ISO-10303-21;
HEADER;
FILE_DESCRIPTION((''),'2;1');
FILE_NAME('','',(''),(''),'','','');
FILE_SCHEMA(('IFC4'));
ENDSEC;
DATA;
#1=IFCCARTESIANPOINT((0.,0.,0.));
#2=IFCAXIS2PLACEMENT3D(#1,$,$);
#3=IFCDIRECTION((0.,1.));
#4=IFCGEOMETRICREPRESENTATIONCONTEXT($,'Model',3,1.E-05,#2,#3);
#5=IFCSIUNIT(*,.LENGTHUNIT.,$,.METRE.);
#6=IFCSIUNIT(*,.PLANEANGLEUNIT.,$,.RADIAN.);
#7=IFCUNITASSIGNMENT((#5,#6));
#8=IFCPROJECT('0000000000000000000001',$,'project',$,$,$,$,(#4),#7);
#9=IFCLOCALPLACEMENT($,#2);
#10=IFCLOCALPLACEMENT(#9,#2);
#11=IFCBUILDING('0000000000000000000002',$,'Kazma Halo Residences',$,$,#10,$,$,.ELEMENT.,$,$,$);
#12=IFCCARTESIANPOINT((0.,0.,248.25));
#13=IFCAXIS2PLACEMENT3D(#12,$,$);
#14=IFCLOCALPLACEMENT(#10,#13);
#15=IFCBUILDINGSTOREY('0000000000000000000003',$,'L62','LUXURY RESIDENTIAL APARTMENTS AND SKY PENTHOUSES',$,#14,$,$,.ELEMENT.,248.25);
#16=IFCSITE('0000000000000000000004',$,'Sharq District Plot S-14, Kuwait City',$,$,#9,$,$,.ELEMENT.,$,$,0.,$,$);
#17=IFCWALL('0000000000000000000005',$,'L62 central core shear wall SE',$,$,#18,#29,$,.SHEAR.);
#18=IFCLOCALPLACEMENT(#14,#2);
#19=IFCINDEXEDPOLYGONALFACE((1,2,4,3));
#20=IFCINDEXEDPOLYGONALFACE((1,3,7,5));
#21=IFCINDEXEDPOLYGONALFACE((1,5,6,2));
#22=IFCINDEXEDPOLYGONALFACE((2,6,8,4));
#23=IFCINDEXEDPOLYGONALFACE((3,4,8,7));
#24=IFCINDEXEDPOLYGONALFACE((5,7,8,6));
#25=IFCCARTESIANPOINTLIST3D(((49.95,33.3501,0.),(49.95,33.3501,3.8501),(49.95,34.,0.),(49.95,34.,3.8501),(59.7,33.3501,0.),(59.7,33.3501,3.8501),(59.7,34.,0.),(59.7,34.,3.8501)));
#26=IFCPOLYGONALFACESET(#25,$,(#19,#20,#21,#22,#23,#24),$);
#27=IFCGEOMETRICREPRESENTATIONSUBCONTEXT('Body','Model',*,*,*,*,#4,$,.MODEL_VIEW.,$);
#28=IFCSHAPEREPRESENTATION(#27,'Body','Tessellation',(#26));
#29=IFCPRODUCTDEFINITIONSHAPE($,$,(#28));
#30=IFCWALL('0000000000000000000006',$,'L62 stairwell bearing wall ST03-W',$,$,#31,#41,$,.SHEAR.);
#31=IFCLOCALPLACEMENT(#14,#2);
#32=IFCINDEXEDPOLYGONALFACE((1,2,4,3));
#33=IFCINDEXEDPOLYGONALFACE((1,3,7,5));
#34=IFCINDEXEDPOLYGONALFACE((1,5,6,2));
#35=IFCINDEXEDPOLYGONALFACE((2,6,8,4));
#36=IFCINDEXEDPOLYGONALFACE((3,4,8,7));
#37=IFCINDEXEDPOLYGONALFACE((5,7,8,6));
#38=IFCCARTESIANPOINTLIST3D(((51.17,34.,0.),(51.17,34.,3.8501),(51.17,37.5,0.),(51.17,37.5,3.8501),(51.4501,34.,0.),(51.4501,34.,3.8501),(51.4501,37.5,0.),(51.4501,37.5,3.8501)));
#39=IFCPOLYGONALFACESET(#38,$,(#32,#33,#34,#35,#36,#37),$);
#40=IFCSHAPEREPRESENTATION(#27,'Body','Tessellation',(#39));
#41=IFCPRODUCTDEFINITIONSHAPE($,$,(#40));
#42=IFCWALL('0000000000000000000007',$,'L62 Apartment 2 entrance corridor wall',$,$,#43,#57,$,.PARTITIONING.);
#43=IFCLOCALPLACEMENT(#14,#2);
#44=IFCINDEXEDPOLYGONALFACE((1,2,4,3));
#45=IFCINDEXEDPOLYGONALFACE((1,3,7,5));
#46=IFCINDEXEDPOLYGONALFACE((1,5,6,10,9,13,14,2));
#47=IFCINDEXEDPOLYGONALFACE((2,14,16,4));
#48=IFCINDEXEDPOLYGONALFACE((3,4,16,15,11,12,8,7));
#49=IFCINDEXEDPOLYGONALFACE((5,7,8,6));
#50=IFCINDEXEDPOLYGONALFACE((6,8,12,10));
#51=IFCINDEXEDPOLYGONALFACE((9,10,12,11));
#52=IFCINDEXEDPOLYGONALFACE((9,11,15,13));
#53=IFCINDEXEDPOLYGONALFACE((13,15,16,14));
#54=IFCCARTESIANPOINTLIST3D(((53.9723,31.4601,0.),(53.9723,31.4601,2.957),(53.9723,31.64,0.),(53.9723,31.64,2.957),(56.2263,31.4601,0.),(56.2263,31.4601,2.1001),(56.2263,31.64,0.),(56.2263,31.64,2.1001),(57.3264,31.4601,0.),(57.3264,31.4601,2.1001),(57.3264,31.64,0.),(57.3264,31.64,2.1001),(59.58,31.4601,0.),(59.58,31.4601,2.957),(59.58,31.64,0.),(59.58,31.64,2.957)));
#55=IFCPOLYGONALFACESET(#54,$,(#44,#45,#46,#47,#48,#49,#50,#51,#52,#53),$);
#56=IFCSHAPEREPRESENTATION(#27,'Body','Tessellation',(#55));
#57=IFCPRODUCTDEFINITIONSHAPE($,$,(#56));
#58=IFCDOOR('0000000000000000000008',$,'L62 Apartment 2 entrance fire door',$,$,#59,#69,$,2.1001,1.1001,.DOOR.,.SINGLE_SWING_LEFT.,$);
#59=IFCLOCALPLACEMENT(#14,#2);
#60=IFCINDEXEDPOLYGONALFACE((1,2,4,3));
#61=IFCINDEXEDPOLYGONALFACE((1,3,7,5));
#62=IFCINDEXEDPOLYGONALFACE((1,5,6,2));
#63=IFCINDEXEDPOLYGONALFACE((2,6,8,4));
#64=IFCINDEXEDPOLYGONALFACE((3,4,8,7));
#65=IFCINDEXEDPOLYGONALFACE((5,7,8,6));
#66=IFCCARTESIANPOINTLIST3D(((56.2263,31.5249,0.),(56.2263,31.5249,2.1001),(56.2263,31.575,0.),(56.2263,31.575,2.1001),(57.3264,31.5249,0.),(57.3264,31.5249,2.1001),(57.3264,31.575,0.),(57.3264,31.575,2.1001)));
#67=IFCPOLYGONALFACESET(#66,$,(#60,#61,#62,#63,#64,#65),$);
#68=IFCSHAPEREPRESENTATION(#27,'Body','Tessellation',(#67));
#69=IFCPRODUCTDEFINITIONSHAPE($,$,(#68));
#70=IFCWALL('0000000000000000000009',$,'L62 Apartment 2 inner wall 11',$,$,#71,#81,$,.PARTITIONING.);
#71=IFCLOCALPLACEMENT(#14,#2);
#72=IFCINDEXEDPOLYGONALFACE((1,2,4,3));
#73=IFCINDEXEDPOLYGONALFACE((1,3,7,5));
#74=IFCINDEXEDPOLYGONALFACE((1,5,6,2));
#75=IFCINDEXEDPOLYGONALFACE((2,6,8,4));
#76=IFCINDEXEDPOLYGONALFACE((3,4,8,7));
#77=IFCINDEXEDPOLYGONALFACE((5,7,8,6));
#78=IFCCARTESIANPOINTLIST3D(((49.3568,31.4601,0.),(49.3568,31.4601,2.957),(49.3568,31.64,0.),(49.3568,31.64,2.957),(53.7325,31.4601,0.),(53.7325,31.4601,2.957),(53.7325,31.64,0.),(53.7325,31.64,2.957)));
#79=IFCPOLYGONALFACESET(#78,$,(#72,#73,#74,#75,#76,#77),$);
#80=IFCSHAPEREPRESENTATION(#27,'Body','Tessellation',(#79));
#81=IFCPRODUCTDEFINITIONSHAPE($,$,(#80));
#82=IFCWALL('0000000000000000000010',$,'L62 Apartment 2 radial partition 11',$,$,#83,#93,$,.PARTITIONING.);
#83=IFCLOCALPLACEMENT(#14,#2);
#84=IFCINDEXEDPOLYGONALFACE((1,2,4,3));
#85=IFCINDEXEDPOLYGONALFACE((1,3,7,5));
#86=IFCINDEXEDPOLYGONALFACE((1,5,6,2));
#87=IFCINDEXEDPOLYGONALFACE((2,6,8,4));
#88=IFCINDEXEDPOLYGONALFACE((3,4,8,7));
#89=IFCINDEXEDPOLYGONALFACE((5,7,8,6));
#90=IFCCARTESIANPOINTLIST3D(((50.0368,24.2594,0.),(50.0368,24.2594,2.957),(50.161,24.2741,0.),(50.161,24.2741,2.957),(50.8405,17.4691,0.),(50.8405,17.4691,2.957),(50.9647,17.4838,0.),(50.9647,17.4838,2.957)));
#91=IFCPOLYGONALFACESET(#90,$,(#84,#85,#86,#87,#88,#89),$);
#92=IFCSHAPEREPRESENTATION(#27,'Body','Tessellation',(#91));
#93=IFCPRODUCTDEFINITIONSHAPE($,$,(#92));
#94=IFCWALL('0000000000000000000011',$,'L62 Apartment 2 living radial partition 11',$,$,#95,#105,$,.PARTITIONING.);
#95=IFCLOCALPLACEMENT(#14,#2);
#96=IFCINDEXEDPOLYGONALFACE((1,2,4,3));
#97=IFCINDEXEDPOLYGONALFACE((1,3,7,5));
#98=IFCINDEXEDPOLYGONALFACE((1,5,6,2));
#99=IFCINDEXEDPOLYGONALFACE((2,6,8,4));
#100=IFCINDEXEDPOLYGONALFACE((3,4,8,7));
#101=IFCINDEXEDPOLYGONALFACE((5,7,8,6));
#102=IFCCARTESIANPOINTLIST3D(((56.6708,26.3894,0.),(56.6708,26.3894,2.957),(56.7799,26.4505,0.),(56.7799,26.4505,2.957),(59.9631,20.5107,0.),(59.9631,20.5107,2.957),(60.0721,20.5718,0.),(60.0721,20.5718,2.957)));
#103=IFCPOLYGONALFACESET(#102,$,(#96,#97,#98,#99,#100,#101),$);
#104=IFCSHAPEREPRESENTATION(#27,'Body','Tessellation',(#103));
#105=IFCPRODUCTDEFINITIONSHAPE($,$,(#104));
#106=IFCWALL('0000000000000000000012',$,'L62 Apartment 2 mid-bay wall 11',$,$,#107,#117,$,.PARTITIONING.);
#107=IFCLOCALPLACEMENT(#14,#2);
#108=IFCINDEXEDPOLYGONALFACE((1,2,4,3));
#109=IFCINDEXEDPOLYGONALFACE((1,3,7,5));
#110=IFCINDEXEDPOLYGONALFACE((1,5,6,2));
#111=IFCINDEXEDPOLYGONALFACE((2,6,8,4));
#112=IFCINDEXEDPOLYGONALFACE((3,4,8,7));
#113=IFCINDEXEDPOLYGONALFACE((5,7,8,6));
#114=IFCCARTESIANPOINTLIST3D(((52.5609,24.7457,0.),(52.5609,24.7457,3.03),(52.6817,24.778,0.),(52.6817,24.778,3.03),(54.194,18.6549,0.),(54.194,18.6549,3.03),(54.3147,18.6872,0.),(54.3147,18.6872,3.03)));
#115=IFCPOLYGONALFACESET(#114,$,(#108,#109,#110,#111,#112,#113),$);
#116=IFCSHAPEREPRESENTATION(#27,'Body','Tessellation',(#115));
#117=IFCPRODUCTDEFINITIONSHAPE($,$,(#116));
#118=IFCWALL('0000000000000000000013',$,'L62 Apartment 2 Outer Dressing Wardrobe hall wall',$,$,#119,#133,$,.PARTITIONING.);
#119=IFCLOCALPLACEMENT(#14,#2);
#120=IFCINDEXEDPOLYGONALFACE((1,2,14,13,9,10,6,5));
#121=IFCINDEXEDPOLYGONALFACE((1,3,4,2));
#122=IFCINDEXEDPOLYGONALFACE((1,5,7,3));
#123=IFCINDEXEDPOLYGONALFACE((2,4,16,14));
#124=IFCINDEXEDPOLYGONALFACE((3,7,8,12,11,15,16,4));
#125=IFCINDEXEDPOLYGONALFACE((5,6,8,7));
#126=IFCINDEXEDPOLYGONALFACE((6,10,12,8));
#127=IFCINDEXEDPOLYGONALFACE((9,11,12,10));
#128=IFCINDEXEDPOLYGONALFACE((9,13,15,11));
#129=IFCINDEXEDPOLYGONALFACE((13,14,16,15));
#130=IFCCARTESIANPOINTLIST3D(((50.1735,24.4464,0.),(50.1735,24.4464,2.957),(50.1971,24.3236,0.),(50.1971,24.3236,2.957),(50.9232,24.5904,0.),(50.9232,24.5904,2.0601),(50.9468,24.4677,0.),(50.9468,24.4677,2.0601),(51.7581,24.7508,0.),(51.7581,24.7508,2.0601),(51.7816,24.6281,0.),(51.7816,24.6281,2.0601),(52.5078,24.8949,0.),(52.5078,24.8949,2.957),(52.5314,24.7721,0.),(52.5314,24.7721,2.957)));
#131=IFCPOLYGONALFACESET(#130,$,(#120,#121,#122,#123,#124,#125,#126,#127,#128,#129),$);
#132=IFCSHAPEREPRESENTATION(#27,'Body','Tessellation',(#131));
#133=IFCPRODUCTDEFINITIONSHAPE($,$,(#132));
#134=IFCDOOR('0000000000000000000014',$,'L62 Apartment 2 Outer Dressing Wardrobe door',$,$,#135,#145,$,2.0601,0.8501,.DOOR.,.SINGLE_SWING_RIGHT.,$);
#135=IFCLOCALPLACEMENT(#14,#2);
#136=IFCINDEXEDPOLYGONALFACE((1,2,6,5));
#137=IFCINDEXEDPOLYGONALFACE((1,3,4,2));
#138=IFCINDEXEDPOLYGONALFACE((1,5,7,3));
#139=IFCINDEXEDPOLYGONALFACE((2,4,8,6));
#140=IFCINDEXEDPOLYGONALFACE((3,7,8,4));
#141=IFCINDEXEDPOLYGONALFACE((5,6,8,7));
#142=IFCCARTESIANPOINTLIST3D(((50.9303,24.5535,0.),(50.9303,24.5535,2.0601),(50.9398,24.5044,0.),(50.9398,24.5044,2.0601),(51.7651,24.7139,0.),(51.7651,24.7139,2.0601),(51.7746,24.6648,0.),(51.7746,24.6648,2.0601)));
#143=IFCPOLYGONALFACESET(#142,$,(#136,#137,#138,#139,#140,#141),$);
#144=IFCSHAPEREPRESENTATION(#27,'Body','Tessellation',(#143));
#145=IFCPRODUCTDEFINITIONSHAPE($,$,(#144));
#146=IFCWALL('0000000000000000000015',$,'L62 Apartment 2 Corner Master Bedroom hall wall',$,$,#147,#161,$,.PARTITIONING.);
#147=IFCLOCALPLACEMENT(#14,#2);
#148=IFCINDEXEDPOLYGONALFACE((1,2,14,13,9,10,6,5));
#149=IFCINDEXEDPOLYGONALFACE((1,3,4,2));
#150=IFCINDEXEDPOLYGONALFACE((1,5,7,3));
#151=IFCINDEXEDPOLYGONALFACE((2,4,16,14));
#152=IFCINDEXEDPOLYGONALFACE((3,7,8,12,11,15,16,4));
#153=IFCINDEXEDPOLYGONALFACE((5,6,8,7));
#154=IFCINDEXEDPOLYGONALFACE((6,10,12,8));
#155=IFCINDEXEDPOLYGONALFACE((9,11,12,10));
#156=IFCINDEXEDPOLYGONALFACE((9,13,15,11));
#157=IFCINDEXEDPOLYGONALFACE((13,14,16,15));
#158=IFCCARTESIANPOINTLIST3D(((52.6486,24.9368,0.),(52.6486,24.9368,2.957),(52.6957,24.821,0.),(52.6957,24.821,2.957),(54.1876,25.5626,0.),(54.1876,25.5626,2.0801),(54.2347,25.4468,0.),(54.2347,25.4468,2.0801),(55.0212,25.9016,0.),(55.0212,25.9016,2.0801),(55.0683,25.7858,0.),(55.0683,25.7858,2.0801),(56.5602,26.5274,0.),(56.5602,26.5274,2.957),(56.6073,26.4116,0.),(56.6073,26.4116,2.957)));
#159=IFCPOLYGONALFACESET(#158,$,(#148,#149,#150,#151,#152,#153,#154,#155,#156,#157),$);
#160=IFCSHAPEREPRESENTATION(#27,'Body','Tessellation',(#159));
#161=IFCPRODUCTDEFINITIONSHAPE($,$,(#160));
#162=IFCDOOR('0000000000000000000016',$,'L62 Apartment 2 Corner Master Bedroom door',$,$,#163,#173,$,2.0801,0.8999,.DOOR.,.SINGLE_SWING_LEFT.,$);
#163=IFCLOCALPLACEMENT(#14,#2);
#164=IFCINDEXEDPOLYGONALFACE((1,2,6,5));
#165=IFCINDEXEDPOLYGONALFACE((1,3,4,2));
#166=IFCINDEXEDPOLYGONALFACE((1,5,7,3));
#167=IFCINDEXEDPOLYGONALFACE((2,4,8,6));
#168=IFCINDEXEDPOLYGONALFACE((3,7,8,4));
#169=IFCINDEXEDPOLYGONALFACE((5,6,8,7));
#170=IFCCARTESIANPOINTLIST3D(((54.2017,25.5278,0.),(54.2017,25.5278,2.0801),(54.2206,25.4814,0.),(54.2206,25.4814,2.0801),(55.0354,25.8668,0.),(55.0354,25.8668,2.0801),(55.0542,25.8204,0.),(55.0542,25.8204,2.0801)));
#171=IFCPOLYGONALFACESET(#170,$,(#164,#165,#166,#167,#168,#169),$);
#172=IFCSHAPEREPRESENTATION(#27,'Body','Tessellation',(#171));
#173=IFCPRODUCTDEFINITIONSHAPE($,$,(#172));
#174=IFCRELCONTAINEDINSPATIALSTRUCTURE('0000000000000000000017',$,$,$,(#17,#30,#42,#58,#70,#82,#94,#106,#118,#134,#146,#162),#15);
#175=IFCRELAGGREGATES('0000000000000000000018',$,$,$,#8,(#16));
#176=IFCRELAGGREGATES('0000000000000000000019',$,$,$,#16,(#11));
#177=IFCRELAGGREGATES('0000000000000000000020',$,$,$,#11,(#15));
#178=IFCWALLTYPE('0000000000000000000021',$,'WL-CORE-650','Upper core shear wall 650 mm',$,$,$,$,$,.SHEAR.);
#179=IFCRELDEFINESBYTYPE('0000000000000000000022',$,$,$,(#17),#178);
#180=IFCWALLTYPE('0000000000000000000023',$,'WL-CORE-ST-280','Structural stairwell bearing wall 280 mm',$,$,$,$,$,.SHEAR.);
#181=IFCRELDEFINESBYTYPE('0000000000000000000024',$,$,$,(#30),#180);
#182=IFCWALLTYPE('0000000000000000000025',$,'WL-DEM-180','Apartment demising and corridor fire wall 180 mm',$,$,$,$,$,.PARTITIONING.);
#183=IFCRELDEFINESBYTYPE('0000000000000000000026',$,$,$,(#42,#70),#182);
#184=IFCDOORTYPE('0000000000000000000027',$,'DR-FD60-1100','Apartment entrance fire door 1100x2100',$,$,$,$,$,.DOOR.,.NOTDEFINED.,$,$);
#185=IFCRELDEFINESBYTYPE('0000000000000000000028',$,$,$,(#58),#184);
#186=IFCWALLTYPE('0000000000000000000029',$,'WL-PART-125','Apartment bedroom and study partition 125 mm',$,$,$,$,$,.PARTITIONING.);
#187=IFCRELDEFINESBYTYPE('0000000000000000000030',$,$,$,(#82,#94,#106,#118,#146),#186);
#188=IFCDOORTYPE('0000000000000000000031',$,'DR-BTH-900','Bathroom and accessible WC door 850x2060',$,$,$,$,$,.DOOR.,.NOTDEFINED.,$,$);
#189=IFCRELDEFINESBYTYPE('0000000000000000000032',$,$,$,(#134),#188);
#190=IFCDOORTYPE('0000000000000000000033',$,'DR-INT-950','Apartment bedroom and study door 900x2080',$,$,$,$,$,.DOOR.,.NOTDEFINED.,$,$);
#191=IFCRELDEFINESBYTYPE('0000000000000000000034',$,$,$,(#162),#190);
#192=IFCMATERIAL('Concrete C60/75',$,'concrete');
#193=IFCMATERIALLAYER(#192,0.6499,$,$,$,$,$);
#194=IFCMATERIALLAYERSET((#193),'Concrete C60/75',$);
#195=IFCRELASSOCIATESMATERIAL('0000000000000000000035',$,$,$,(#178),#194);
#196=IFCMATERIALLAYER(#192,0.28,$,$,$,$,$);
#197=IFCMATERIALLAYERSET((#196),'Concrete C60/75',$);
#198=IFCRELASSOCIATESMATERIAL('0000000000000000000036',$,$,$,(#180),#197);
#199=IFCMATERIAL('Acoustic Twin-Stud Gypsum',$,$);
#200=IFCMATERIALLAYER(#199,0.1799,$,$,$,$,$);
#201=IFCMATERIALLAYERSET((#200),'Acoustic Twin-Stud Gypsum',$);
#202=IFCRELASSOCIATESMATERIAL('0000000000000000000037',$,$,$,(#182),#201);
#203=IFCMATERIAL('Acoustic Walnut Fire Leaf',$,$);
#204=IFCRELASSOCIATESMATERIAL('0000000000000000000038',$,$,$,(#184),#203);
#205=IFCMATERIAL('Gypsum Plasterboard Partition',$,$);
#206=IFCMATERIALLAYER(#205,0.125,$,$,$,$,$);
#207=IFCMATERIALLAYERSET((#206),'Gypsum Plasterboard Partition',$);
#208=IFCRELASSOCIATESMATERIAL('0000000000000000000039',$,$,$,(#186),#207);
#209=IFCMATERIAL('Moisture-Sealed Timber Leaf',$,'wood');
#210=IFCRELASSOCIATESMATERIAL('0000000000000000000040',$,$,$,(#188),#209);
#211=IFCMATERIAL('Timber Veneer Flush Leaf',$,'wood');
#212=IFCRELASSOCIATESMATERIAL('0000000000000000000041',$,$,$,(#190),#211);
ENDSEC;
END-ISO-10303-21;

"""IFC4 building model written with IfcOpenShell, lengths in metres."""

from ifc_helpers import new_model, si_unit, direction, frame, frame_2d, origin, place, context, subcontext, project, spatial, rectangle, extrude, material, layer, layer_set, type_object, element, fill, save


model = new_model("IFC4")

# Units and contexts
model_context = context("Model", 3, precision=1e-05, world=origin(), true_north=direction((0.0, 1.0)))
body_context = subcontext(model_context, "Body", "Model", "MODEL_VIEW")
ifc_project = project(units=[si_unit("LENGTHUNIT", "METRE"), si_unit("PLANEANGLEUNIT", "RADIAN")], contexts=[model_context])

# Site, building, storey
site_placement = place(None, origin())
site = spatial("IfcSite", under=ifc_project, at=site_placement, Name="Sharq District Plot S-14, Kuwait City", CompositionType="ELEMENT", RefElevation=0.0)
building_placement = place(site_placement, origin())
building = spatial("IfcBuilding", under=site, at=building_placement, Name="Kazma Halo Residences", CompositionType="ELEMENT")
storey_placement = place(building_placement, frame((0.0, 0.0, 248.25)))
storey = spatial("IfcBuildingStorey", under=building, at=storey_placement, Name="L62", Description="LUXURY RESIDENTIAL APARTMENTS AND SKY PENTHOUSES", CompositionType="ELEMENT", Elevation=248.25)

# Shared definitions
ifc_material_1 = material(Name="Concrete C60/75", Category="concrete")

# Walls
ifc_layer_1 = layer(ifc_material_1, 0.6499)
ifc_layer_set_1 = layer_set([ifc_layer_1], Name="Concrete C60/75")
wall_type_1 = type_object("IfcWallType", Name="WL-CORE-650", Description="Upper core shear wall 650 mm", PredefinedType="SHEAR", material=ifc_layer_set_1)
wall_1_placement = place(storey_placement, frame((49.95, 33.675, 0.0), z_axis=(0.0, 0.0, 1.0), x_axis=(1.0, 0.0, 0.0)))
element("IfcWall", 1, at=wall_1_placement, inside=storey, type_object=wall_type_1, Name="L62 central core shear wall SE", PredefinedType="SHEAR", context=body_context, shape_type="SweptSolid", body=[
    extrude(rectangle(XDim=9.75, YDim=0.6499, at=frame_2d((4.875, 0.0))), origin(), (0.0, 0.0, 1.0), 3.8501),
])
ifc_layer_2 = layer(ifc_material_1, 0.28)
ifc_layer_set_2 = layer_set([ifc_layer_2], Name="Concrete C60/75")
wall_type_2 = type_object("IfcWallType", Name="WL-CORE-ST-280", Description="Structural stairwell bearing wall 280 mm", PredefinedType="SHEAR", material=ifc_layer_set_2)
wall_2_placement = place(storey_placement, frame((51.3101, 34.0, 0.0), z_axis=(0.0, 0.0, 1.0), x_axis=(0.0, 1.0, 0.0)))
element("IfcWall", 2, at=wall_2_placement, inside=storey, type_object=wall_type_2, Name="L62 stairwell bearing wall ST03-W", PredefinedType="SHEAR", context=body_context, shape_type="SweptSolid", body=[
    extrude(rectangle(XDim=3.5, YDim=0.28, at=frame_2d((1.75, 0.0))), origin(), (0.0, 0.0, 1.0), 3.8501),
])

# Wall, opening, door
ifc_material_2 = material(Name="Acoustic Twin-Stud Gypsum")
ifc_layer_3 = layer(ifc_material_2, 0.1799)
ifc_layer_set_3 = layer_set([ifc_layer_3], Name="Acoustic Twin-Stud Gypsum")
wall_type_3 = type_object("IfcWallType", Name="WL-DEM-180", Description="Apartment demising and corridor fire wall 180 mm", PredefinedType="PARTITIONING", material=ifc_layer_set_3)
wall_3_placement = place(storey_placement, frame((53.9724, 31.55, 0.0), z_axis=(0.0, 0.0, 1.0), x_axis=(1.0, 0.0, 0.0)))
wall_3 = element("IfcWall", 3, at=wall_3_placement, inside=storey, type_object=wall_type_3, Name="L62 Apartment 2 entrance corridor wall", PredefinedType="PARTITIONING", context=body_context, shape_type="SweptSolid", body=[
    extrude(rectangle(XDim=5.6077, YDim=0.1799, at=frame_2d((2.8037, 0.0))), origin(), (0.0, 0.0, 1.0), 2.957),
])
opening_1_placement = place(wall_3_placement, frame((2.2539, 0.0, 0.0)))
opening_1 = element("IfcOpeningElement", 4, at=opening_1_placement, cuts=wall_3, PredefinedType="OPENING", context=body_context, shape_type="SweptSolid", body=[
    extrude(rectangle(XDim=1.1001, YDim=2.1001, at=frame_2d((0.55, 1.05))), frame((0.0, 0.0999, 0.0), z_axis=(0.0, -1.0, 0.0), x_axis=(1.0, 0.0, 0.0)), (0.0, 0.0, 1.0), 0.2),
])
ifc_material_3 = material(Name="Acoustic Walnut Fire Leaf")
door_type_1 = type_object("IfcDoorType", Name="DR-FD60-1100", Description="Apartment entrance fire door 1100x2100", OperationType="NOTDEFINED", PredefinedType="DOOR", material=ifc_material_3)
door_1_placement = place(opening_1_placement, origin())
door_1 = element("IfcDoor", 5, at=door_1_placement, inside=storey, type_object=door_type_1, Name="L62 Apartment 2 entrance fire door", OperationType="SINGLE_SWING_LEFT", OverallHeight=2.1001, OverallWidth=1.1001, PredefinedType="DOOR", context=body_context, shape_type="SweptSolid", body=[
    extrude(rectangle(XDim=1.1001, YDim=2.1001, at=frame_2d((0.55, 1.05))), frame((0.0, 0.0249, 0.0), z_axis=(0.0, -1.0, 0.0), x_axis=(1.0, 0.0, 0.0)), (0.0, 0.0, 1.0), 0.05),
])
fill(opening_1, door_1)

# Wall
wall_4_placement = place(storey_placement, frame((49.3567, 31.55, 0.0), z_axis=(0.0, 0.0, 1.0), x_axis=(1.0, 0.0, 0.0)))
element("IfcWall", 6, at=wall_4_placement, inside=storey, type_object=wall_type_3, Name="L62 Apartment 2 inner wall 11", PredefinedType="PARTITIONING", context=body_context, shape_type="SweptSolid", body=[
    extrude(rectangle(XDim=4.3757, YDim=0.1799, at=frame_2d((2.188, 0.0))), origin(), (0.0, 0.0, 1.0), 2.957),
])

# Walls
ifc_material_4 = material(Name="Gypsum Plasterboard Partition")
ifc_layer_4 = layer(ifc_material_4, 0.125)
ifc_layer_set_4 = layer_set([ifc_layer_4], Name="Gypsum Plasterboard Partition")
wall_type_4 = type_object("IfcWallType", Name="WL-PART-125", Description="Apartment bedroom and study partition 125 mm", PredefinedType="PARTITIONING", material=ifc_layer_set_4)
wall_5_placement = place(storey_placement, frame((50.0989, 24.2668, 0.0), z_axis=(0.0, 0.0, 1.0), x_axis=(0.117541, -0.993068, 0.0)))
element("IfcWall", 7, at=wall_5_placement, inside=storey, type_object=wall_type_4, Name="L62 Apartment 2 radial partition 11", PredefinedType="PARTITIONING", context=body_context, shape_type="SweptSolid", body=[
    extrude(rectangle(XDim=6.8376, YDim=0.125, at=frame_2d((3.4189, 0.0))), origin(), (0.0, 0.0, 1.0), 2.957),
])
wall_6_placement = place(storey_placement, frame((56.7253, 26.4199, 0.0), z_axis=(0.0, 0.0, 1.0), x_axis=(0.488624, -0.872494, 0.0)))
element("IfcWall", 8, at=wall_6_placement, inside=storey, type_object=wall_type_4, Name="L62 Apartment 2 living radial partition 11", PredefinedType="PARTITIONING", context=body_context, shape_type="SweptSolid", body=[
    extrude(rectangle(XDim=6.7378, YDim=0.125, at=frame_2d((3.3689, 0.0))), origin(), (0.0, 0.0, 1.0), 2.957),
])
wall_7_placement = place(storey_placement, frame((52.6213, 24.7617, 0.0), z_axis=(0.0, 0.0, 1.0), x_axis=(0.258971, -0.965885, 0.0)))
element("IfcWall", 9, at=wall_7_placement, inside=storey, type_object=wall_type_4, Name="L62 Apartment 2 mid-bay wall 11", PredefinedType="PARTITIONING", context=body_context, shape_type="SweptSolid", body=[
    extrude(rectangle(XDim=6.3059, YDim=0.125, at=frame_2d((3.1528, 0.0))), origin(), (0.0, 0.0, 1.0), 3.03),
])

# Walls, openings, doors
wall_8_placement = place(storey_placement, frame((50.1853, 24.385, 0.0), z_axis=(0.0, 0.0, 1.0), x_axis=(0.982038, 0.188684, 0.0)))
wall_8 = element("IfcWall", 10, at=wall_8_placement, inside=storey, type_object=wall_type_4, Name="L62 Apartment 2 Outer Dressing Wardrobe hall wall", PredefinedType="PARTITIONING", context=body_context, shape_type="SweptSolid", body=[
    extrude(rectangle(XDim=2.377, YDim=0.125, at=frame_2d((1.1885, 0.0))), origin(), (0.0, 0.0, 1.0), 2.957),
])
opening_2_placement = place(wall_8_placement, frame((0.7634, 0.0, 0.0)))
opening_2 = element("IfcOpeningElement", 11, at=opening_2_placement, cuts=wall_8, PredefinedType="OPENING", context=body_context, shape_type="SweptSolid", body=[
    extrude(rectangle(XDim=0.8501, YDim=2.0601, at=frame_2d((0.425, 1.03))), frame((0.0, 0.0725, 0.0), z_axis=(0.0, -1.0, 0.0), x_axis=(1.0, 0.0, 0.0)), (0.0, 0.0, 1.0), 0.145),
])
ifc_material_5 = material(Name="Moisture-Sealed Timber Leaf", Category="wood")
door_type_2 = type_object("IfcDoorType", Name="DR-BTH-900", Description="Bathroom and accessible WC door 850x2060", OperationType="NOTDEFINED", PredefinedType="DOOR", material=ifc_material_5)
door_2_placement = place(opening_2_placement, origin())
door_2 = element("IfcDoor", 12, at=door_2_placement, inside=storey, type_object=door_type_2, Name="L62 Apartment 2 Outer Dressing Wardrobe door", OperationType="SINGLE_SWING_RIGHT", OverallHeight=2.0601, OverallWidth=0.8501, PredefinedType="DOOR", context=body_context, shape_type="SweptSolid", body=[
    extrude(rectangle(XDim=0.8501, YDim=2.0601, at=frame_2d((0.425, 1.03))), frame((0.0, 0.0249, 0.0), z_axis=(0.0, -1.0, 0.0), x_axis=(1.0, 0.0, 0.0)), (0.0, 0.0, 1.0), 0.05),
])
fill(opening_2, door_2)
wall_9_placement = place(storey_placement, frame((52.6721, 24.8789, 0.0), z_axis=(0.0, 0.0, 1.0), x_axis=(0.926344, 0.376678, 0.0)))
wall_9 = element("IfcWall", 13, at=wall_9_placement, inside=storey, type_object=wall_type_4, Name="L62 Apartment 2 Corner Master Bedroom hall wall", PredefinedType="PARTITIONING", context=body_context, shape_type="SweptSolid", body=[
    extrude(rectangle(XDim=4.2227, YDim=0.125, at=frame_2d((2.1113, 0.0))), origin(), (0.0, 0.0, 1.0), 2.957),
])
opening_3_placement = place(wall_9_placement, frame((1.6614, 0.0, 0.0)))
opening_3 = element("IfcOpeningElement", 14, at=opening_3_placement, cuts=wall_9, PredefinedType="OPENING", context=body_context, shape_type="SweptSolid", body=[
    extrude(rectangle(XDim=0.8999, YDim=2.0801, at=frame_2d((0.45, 1.04))), frame((0.0, 0.0725, 0.0), z_axis=(0.0, -1.0, 0.0), x_axis=(1.0, 0.0, 0.0)), (0.0, 0.0, 1.0), 0.145),
])
ifc_material_6 = material(Name="Timber Veneer Flush Leaf", Category="wood")
door_type_3 = type_object("IfcDoorType", Name="DR-INT-950", Description="Apartment bedroom and study door 900x2080", OperationType="NOTDEFINED", PredefinedType="DOOR", material=ifc_material_6)
door_3_placement = place(opening_3_placement, origin())
door_3 = element("IfcDoor", 15, at=door_3_placement, inside=storey, type_object=door_type_3, Name="L62 Apartment 2 Corner Master Bedroom door", OperationType="SINGLE_SWING_LEFT", OverallHeight=2.0801, OverallWidth=0.8999, PredefinedType="DOOR", context=body_context, shape_type="SweptSolid", body=[
    extrude(rectangle(XDim=0.8999, YDim=2.0801, at=frame_2d((0.45, 1.04))), frame((0.0, 0.0249, 0.0), z_axis=(0.0, -1.0, 0.0), x_axis=(1.0, 0.0, 0.0)), (0.0, 0.0, 1.0), 0.05),
])
fill(opening_3, door_3)

save(model, "model.ifc")
